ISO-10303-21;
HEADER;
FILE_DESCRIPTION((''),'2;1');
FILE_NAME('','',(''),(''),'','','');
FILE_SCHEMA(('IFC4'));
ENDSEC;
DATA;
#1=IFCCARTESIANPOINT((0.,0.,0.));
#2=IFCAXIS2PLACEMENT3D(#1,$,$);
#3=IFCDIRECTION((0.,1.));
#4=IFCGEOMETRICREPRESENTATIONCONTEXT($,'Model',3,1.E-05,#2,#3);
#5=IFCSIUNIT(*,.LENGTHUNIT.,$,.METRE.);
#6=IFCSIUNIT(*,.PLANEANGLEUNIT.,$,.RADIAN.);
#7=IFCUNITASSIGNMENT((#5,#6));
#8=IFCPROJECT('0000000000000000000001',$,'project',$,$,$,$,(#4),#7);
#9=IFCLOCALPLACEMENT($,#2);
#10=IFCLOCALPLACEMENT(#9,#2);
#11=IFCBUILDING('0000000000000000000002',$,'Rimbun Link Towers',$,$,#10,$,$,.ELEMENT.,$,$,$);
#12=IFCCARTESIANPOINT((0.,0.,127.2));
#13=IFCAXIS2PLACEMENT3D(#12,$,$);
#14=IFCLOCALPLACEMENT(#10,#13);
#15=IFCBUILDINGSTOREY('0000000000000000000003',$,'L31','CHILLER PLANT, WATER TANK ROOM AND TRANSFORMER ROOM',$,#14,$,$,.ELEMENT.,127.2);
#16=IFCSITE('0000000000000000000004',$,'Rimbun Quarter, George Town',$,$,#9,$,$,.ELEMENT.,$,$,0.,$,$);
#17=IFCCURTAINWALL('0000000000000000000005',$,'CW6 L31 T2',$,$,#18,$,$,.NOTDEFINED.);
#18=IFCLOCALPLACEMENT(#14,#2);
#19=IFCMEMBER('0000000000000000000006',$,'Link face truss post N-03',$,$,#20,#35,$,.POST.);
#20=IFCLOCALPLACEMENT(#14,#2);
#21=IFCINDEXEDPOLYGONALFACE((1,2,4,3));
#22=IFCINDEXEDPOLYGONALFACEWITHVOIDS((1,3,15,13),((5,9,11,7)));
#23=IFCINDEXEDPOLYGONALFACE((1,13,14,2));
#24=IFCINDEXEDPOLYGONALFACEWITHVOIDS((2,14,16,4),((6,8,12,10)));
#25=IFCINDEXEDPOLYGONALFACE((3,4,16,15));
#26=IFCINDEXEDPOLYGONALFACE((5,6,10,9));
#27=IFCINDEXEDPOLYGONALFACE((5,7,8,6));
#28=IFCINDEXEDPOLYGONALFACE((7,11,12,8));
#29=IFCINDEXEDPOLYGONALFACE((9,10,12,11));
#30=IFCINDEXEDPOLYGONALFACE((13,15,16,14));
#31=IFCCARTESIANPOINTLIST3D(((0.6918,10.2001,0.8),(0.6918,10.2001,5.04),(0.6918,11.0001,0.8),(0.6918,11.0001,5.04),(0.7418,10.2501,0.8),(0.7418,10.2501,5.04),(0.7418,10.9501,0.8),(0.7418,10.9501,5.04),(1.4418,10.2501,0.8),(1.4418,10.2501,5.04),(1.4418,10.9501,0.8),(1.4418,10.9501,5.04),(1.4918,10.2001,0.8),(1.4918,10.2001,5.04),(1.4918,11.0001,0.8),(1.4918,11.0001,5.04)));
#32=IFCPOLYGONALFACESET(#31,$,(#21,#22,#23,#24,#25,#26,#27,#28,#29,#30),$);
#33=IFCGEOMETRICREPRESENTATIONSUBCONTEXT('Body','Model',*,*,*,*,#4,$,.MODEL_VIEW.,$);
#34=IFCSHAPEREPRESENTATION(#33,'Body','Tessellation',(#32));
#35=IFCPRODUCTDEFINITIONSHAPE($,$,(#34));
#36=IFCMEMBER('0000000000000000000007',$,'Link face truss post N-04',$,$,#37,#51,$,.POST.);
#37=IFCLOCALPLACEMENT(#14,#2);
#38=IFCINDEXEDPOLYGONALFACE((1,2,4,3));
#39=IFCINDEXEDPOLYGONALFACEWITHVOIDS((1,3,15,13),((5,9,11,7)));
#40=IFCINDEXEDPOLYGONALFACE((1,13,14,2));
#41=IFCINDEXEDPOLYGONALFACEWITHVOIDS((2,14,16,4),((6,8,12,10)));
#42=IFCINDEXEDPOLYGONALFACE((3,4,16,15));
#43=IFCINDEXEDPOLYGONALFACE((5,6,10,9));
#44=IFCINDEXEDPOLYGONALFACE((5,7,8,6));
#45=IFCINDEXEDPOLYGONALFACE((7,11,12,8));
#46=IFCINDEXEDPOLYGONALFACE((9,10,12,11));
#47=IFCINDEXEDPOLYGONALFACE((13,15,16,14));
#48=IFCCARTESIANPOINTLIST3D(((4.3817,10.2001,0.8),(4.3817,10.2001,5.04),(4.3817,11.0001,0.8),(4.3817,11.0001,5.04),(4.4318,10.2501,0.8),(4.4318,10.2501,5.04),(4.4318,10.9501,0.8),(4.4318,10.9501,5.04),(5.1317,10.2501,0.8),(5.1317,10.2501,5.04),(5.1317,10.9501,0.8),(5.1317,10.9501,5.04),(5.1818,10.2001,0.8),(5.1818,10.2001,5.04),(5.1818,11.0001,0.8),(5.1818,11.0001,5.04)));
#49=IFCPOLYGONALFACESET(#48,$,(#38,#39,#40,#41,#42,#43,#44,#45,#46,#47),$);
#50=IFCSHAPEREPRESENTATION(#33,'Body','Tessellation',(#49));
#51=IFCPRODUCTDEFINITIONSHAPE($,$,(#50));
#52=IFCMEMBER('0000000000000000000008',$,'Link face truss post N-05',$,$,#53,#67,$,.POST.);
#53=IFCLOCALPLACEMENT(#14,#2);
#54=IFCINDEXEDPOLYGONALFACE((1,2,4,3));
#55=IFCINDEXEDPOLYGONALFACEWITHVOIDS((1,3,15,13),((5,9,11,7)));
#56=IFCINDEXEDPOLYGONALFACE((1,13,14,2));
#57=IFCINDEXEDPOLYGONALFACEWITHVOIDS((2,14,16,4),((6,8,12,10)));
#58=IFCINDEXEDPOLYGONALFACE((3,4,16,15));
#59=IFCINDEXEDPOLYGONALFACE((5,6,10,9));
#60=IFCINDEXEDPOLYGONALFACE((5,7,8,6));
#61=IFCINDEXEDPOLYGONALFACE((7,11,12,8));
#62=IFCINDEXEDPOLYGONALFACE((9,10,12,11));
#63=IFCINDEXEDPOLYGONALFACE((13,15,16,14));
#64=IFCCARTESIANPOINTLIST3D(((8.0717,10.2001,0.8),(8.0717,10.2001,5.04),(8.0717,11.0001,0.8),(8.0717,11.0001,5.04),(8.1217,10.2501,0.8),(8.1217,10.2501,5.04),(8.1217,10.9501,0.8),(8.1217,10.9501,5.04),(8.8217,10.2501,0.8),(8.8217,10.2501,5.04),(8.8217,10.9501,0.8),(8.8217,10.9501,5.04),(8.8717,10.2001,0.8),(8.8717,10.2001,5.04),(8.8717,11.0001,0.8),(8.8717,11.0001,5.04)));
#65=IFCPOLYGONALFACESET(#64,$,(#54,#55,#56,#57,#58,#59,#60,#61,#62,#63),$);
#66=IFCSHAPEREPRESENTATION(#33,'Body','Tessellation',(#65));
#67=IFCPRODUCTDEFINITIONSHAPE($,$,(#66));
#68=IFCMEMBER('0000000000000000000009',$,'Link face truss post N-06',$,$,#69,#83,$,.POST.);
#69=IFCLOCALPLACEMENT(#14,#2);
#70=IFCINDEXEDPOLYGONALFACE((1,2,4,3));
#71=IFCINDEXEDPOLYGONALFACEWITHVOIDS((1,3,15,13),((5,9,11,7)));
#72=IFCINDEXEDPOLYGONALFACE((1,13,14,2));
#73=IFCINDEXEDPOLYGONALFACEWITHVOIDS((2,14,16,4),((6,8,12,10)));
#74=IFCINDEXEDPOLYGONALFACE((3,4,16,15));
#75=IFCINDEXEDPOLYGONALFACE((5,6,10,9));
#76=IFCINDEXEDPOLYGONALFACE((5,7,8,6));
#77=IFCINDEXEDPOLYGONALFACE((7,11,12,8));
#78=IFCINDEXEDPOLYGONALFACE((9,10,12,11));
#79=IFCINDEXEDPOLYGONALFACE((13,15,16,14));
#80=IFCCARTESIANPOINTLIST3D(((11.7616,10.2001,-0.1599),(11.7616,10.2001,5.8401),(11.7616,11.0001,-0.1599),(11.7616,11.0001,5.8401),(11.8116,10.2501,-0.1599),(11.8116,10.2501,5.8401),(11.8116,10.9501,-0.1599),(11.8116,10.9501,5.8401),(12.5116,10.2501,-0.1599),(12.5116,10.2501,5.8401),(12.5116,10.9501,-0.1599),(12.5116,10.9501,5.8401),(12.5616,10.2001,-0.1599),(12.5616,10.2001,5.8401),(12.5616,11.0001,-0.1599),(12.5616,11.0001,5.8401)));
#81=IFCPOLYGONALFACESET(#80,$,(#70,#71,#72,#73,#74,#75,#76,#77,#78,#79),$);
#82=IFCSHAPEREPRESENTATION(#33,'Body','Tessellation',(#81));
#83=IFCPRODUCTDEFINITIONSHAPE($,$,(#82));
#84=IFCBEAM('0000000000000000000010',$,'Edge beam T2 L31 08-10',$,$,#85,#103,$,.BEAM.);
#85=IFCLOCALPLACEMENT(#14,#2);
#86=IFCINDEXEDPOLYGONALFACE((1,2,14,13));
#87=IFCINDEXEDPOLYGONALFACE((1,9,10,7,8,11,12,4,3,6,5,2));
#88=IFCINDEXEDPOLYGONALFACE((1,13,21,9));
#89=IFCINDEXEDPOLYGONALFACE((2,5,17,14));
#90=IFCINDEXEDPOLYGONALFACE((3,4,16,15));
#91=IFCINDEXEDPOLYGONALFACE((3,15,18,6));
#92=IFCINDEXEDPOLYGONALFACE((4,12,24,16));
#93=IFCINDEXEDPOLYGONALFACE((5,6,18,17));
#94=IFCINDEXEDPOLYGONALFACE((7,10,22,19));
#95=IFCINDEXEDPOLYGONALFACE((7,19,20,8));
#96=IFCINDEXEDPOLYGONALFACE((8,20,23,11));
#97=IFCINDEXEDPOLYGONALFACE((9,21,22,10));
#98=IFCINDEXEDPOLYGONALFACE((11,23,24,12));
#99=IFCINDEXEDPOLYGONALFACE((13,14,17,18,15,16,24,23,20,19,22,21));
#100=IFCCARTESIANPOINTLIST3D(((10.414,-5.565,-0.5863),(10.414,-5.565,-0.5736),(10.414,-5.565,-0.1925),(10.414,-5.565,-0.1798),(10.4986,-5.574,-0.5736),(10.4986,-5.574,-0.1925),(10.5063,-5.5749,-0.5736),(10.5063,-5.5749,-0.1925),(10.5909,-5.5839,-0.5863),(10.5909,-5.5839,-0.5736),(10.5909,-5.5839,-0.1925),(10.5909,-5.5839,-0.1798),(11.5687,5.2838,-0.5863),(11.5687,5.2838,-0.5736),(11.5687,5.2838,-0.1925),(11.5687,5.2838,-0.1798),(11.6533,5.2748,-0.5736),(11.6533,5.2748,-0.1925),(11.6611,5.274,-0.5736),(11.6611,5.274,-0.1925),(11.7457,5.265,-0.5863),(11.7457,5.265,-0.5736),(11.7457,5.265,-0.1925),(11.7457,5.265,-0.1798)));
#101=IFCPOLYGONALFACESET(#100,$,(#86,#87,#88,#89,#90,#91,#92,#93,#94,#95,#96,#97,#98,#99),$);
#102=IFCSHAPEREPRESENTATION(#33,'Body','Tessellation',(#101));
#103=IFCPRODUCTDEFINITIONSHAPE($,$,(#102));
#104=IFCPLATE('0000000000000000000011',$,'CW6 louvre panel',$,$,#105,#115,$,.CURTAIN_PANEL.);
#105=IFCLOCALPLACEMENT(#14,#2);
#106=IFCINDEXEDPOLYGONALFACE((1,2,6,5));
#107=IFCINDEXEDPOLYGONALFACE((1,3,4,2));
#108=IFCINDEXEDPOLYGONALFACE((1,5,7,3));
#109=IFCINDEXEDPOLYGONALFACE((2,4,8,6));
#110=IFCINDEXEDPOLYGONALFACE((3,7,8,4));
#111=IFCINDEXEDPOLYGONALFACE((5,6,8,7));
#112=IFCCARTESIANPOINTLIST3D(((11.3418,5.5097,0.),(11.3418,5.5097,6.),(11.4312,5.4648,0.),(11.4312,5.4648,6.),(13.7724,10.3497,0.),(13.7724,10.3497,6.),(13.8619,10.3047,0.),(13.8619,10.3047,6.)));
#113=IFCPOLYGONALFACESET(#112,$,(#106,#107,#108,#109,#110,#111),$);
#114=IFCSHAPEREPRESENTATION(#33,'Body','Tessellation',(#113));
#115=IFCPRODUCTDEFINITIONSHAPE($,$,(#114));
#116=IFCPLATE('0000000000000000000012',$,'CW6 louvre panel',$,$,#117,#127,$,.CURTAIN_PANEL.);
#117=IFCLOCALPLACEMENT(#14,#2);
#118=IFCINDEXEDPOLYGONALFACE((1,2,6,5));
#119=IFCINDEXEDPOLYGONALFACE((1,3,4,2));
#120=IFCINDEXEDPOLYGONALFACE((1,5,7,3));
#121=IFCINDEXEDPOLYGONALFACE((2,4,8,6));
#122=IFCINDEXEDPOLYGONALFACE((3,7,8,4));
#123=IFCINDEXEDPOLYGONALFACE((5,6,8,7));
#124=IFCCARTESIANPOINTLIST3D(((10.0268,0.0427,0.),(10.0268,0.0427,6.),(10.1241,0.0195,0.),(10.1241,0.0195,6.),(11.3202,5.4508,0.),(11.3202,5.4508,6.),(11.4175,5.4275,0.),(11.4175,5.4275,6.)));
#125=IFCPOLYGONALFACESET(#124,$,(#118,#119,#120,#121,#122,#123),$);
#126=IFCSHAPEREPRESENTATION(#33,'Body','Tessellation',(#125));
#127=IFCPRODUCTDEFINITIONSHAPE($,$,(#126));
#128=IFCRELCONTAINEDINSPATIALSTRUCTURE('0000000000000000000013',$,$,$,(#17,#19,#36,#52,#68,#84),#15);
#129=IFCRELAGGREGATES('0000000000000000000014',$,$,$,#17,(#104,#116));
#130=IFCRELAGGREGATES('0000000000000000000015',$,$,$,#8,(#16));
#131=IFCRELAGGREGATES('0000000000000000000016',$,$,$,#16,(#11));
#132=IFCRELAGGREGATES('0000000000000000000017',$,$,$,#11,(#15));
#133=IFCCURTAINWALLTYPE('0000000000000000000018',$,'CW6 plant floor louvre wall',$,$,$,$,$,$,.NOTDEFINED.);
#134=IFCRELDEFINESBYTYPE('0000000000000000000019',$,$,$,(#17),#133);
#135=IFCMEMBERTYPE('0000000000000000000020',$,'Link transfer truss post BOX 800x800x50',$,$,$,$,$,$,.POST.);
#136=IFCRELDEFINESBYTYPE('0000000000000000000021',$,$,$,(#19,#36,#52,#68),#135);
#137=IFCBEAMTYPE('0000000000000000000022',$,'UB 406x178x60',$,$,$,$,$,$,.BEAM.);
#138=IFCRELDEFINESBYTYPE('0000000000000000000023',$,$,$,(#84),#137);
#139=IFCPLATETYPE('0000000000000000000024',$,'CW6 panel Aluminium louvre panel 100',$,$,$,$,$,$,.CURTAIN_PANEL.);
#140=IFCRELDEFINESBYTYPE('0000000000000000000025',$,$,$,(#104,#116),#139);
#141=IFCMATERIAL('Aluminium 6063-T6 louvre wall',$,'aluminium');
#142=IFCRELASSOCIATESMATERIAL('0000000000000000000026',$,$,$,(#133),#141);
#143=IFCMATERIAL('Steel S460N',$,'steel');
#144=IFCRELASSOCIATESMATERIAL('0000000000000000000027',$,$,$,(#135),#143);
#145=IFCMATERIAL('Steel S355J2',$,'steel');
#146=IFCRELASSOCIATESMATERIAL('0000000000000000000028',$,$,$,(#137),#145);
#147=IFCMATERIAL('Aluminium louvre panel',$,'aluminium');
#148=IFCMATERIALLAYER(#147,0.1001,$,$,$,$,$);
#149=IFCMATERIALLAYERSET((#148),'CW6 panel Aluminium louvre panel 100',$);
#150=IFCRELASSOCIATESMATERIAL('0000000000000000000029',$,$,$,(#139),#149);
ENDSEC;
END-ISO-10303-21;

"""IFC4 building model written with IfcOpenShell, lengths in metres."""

from ifc_helpers import new_model, si_unit, direction, frame, origin, origin_2d, place, context, subcontext, project, spatial, rectangle, hollow_rectangle, i_section, extrude, material, layer, layer_set, material_profile, profile_set, type_object, element, aggregate, save


model = new_model("IFC4")

# Units and contexts
model_context = context("Model", 3, precision=1e-05, world=origin(), true_north=direction((0.0, 1.0)))
body_context = subcontext(model_context, "Body", "Model", "MODEL_VIEW")
ifc_project = project(units=[si_unit("LENGTHUNIT", "METRE"), si_unit("PLANEANGLEUNIT", "RADIAN")], contexts=[model_context])

# Site, building, storey
site_placement = place(None, origin())
site = spatial("IfcSite", under=ifc_project, at=site_placement, Name="Rimbun Quarter, George Town", CompositionType="ELEMENT", RefElevation=0.0)
building_placement = place(site_placement, origin())
building = spatial("IfcBuilding", under=site, at=building_placement, Name="Rimbun Link Towers", CompositionType="ELEMENT")
storey_placement = place(building_placement, frame((0.0, 0.0, 127.2)))
storey = spatial("IfcBuildingStorey", under=building, at=storey_placement, Name="L31", Description="CHILLER PLANT, WATER TANK ROOM AND TRANSFORMER ROOM", CompositionType="ELEMENT", Elevation=127.2)

# Curtain wall
ifc_material_1 = material(Name="Aluminium 6063-T6 louvre wall", Category="aluminium")
curtain_wall_type = type_object("IfcCurtainWallType", Name="CW6 plant floor louvre wall", PredefinedType="NOTDEFINED", material=ifc_material_1)
curtain_wall_placement = place(storey_placement, origin())
curtain_wall = element("IfcCurtainWall", 1, at=curtain_wall_placement, inside=storey, type_object=curtain_wall_type, Name="CW6 L31 T2", PredefinedType="NOTDEFINED")

# Members
ifc_material_2 = material(Name="Steel S460N", Category="steel")
ifc_material_profile_1 = material_profile(ifc_material_2, hollow_rectangle(XDim=0.8, YDim=0.8, WallThickness=0.05, at=origin_2d()), Name="Link transfer truss post BOX 800x800x50")
ifc_profile_set_1 = profile_set([ifc_material_profile_1], Name="Steel S460N")
member_type_1 = type_object("IfcMemberType", Name="Link transfer truss post BOX 800x800x50", PredefinedType="POST", material=ifc_profile_set_1)
for number, where, z_axis, x_axis, name in (
    (2, (1.0918, 10.6001, 0.8), (0.0, 0.0, 1.0), (1.0, 0.0, 0.0), "Link face truss post N-03"),
    (3, (4.7817, 10.6001, 0.8), (0.0, 0.0, 1.0), (1.0, 0.0, 0.0), "Link face truss post N-04"),
    (4, (8.4717, 10.6001, 0.8), (0.0, 0.0, 1.0), (1.0, 0.0, 0.0), "Link face truss post N-05"),
):
    element("IfcMember", number, at=place(storey_placement, frame(where, z_axis=z_axis, x_axis=x_axis)), inside=storey, type_object=member_type_1, Name=name, PredefinedType="POST", context=body_context, shape_type="SweptSolid", body=[
        extrude(hollow_rectangle(XDim=0.8, YDim=0.8, WallThickness=0.05, at=origin_2d()), origin(), (0.0, 0.0, 1.0), 4.24),
    ])
member_1_placement = place(storey_placement, frame((12.1616, 10.6001, -0.1599), z_axis=(0.0, 0.0, 1.0), x_axis=(1.0, 0.0, 0.0)))
element("IfcMember", 5, at=member_1_placement, inside=storey, type_object=member_type_1, Name="Link face truss post N-06", PredefinedType="POST", context=body_context, shape_type="SweptSolid", body=[
    extrude(hollow_rectangle(XDim=0.8, YDim=0.8, WallThickness=0.05, at=origin_2d()), origin(), (0.0, 0.0, 1.0), 6.0),
])

# Beam
ifc_material_3 = material(Name="Steel S355J2", Category="steel")
ifc_material_profile_2 = material_profile(ifc_material_3, i_section(OverallWidth=0.178, OverallDepth=0.4065, WebThickness=0.0078, FlangeThickness=0.0127, at=origin_2d()), Name="UB 406x178x60")
ifc_profile_set_2 = profile_set([ifc_material_profile_2], Name="Steel S355J2")
beam_type_1 = type_object("IfcBeamType", Name="UB 406x178x60", PredefinedType="BEAM", material=ifc_profile_set_2)
beam_1_placement = place(storey_placement, frame((11.6572, 5.2744, -0.3831), z_axis=(-0.105845, -0.994383, 0.0), x_axis=(0.994383, -0.105845, 0.0)))
element("IfcBeam", 6, at=beam_1_placement, inside=storey, type_object=beam_type_1, Name="Edge beam T2 L31 08-10", PredefinedType="BEAM", context=body_context, shape_type="SweptSolid", body=[
    extrude(i_section(OverallWidth=0.178, OverallDepth=0.4065, WebThickness=0.0078, FlangeThickness=0.0127, at=origin_2d()), origin(), (0.0, 0.0, 1.0), 10.9102),
])

# Plates
ifc_material_4 = material(Name="Aluminium louvre panel", Category="aluminium")
ifc_layer = layer(ifc_material_4, 0.1001)
ifc_layer_set = layer_set([ifc_layer], Name="CW6 panel Aluminium louvre panel 100")
plate_type = type_object("IfcPlateType", Name="CW6 panel Aluminium louvre panel 100", PredefinedType="CURTAIN_PANEL", material=ifc_layer_set)
plate_1_placement = place(storey_placement, frame((12.6018, 7.9072, 0.0), z_axis=(0.0, 0.0, 1.0), x_axis=(0.448789, 0.893638, 0.0)))
plate_1 = element("IfcPlate", 7, at=plate_1_placement, type_object=plate_type, Name="CW6 louvre panel", PredefinedType="CURTAIN_PANEL", context=body_context, shape_type="SweptSolid", body=[
    extrude(rectangle(XDim=5.416, YDim=0.1001, at=origin_2d()), origin(), (0.0, 0.0, 1.0), 6.0),
])
plate_2_placement = place(storey_placement, frame((10.7222, 2.7351, 0.0), z_axis=(0.0, 0.0, 1.0), x_axis=(0.232604, 0.972572, 0.0)))
plate_2 = element("IfcPlate", 8, at=plate_2_placement, type_object=plate_type, Name="CW6 louvre panel", PredefinedType="CURTAIN_PANEL", context=body_context, shape_type="SweptSolid", body=[
    extrude(rectangle(XDim=5.5605, YDim=0.1001, at=origin_2d()), origin(), (0.0, 0.0, 1.0), 6.0),
])
aggregate(curtain_wall, [plate_1, plate_2])

save(model, "model.ifc")
